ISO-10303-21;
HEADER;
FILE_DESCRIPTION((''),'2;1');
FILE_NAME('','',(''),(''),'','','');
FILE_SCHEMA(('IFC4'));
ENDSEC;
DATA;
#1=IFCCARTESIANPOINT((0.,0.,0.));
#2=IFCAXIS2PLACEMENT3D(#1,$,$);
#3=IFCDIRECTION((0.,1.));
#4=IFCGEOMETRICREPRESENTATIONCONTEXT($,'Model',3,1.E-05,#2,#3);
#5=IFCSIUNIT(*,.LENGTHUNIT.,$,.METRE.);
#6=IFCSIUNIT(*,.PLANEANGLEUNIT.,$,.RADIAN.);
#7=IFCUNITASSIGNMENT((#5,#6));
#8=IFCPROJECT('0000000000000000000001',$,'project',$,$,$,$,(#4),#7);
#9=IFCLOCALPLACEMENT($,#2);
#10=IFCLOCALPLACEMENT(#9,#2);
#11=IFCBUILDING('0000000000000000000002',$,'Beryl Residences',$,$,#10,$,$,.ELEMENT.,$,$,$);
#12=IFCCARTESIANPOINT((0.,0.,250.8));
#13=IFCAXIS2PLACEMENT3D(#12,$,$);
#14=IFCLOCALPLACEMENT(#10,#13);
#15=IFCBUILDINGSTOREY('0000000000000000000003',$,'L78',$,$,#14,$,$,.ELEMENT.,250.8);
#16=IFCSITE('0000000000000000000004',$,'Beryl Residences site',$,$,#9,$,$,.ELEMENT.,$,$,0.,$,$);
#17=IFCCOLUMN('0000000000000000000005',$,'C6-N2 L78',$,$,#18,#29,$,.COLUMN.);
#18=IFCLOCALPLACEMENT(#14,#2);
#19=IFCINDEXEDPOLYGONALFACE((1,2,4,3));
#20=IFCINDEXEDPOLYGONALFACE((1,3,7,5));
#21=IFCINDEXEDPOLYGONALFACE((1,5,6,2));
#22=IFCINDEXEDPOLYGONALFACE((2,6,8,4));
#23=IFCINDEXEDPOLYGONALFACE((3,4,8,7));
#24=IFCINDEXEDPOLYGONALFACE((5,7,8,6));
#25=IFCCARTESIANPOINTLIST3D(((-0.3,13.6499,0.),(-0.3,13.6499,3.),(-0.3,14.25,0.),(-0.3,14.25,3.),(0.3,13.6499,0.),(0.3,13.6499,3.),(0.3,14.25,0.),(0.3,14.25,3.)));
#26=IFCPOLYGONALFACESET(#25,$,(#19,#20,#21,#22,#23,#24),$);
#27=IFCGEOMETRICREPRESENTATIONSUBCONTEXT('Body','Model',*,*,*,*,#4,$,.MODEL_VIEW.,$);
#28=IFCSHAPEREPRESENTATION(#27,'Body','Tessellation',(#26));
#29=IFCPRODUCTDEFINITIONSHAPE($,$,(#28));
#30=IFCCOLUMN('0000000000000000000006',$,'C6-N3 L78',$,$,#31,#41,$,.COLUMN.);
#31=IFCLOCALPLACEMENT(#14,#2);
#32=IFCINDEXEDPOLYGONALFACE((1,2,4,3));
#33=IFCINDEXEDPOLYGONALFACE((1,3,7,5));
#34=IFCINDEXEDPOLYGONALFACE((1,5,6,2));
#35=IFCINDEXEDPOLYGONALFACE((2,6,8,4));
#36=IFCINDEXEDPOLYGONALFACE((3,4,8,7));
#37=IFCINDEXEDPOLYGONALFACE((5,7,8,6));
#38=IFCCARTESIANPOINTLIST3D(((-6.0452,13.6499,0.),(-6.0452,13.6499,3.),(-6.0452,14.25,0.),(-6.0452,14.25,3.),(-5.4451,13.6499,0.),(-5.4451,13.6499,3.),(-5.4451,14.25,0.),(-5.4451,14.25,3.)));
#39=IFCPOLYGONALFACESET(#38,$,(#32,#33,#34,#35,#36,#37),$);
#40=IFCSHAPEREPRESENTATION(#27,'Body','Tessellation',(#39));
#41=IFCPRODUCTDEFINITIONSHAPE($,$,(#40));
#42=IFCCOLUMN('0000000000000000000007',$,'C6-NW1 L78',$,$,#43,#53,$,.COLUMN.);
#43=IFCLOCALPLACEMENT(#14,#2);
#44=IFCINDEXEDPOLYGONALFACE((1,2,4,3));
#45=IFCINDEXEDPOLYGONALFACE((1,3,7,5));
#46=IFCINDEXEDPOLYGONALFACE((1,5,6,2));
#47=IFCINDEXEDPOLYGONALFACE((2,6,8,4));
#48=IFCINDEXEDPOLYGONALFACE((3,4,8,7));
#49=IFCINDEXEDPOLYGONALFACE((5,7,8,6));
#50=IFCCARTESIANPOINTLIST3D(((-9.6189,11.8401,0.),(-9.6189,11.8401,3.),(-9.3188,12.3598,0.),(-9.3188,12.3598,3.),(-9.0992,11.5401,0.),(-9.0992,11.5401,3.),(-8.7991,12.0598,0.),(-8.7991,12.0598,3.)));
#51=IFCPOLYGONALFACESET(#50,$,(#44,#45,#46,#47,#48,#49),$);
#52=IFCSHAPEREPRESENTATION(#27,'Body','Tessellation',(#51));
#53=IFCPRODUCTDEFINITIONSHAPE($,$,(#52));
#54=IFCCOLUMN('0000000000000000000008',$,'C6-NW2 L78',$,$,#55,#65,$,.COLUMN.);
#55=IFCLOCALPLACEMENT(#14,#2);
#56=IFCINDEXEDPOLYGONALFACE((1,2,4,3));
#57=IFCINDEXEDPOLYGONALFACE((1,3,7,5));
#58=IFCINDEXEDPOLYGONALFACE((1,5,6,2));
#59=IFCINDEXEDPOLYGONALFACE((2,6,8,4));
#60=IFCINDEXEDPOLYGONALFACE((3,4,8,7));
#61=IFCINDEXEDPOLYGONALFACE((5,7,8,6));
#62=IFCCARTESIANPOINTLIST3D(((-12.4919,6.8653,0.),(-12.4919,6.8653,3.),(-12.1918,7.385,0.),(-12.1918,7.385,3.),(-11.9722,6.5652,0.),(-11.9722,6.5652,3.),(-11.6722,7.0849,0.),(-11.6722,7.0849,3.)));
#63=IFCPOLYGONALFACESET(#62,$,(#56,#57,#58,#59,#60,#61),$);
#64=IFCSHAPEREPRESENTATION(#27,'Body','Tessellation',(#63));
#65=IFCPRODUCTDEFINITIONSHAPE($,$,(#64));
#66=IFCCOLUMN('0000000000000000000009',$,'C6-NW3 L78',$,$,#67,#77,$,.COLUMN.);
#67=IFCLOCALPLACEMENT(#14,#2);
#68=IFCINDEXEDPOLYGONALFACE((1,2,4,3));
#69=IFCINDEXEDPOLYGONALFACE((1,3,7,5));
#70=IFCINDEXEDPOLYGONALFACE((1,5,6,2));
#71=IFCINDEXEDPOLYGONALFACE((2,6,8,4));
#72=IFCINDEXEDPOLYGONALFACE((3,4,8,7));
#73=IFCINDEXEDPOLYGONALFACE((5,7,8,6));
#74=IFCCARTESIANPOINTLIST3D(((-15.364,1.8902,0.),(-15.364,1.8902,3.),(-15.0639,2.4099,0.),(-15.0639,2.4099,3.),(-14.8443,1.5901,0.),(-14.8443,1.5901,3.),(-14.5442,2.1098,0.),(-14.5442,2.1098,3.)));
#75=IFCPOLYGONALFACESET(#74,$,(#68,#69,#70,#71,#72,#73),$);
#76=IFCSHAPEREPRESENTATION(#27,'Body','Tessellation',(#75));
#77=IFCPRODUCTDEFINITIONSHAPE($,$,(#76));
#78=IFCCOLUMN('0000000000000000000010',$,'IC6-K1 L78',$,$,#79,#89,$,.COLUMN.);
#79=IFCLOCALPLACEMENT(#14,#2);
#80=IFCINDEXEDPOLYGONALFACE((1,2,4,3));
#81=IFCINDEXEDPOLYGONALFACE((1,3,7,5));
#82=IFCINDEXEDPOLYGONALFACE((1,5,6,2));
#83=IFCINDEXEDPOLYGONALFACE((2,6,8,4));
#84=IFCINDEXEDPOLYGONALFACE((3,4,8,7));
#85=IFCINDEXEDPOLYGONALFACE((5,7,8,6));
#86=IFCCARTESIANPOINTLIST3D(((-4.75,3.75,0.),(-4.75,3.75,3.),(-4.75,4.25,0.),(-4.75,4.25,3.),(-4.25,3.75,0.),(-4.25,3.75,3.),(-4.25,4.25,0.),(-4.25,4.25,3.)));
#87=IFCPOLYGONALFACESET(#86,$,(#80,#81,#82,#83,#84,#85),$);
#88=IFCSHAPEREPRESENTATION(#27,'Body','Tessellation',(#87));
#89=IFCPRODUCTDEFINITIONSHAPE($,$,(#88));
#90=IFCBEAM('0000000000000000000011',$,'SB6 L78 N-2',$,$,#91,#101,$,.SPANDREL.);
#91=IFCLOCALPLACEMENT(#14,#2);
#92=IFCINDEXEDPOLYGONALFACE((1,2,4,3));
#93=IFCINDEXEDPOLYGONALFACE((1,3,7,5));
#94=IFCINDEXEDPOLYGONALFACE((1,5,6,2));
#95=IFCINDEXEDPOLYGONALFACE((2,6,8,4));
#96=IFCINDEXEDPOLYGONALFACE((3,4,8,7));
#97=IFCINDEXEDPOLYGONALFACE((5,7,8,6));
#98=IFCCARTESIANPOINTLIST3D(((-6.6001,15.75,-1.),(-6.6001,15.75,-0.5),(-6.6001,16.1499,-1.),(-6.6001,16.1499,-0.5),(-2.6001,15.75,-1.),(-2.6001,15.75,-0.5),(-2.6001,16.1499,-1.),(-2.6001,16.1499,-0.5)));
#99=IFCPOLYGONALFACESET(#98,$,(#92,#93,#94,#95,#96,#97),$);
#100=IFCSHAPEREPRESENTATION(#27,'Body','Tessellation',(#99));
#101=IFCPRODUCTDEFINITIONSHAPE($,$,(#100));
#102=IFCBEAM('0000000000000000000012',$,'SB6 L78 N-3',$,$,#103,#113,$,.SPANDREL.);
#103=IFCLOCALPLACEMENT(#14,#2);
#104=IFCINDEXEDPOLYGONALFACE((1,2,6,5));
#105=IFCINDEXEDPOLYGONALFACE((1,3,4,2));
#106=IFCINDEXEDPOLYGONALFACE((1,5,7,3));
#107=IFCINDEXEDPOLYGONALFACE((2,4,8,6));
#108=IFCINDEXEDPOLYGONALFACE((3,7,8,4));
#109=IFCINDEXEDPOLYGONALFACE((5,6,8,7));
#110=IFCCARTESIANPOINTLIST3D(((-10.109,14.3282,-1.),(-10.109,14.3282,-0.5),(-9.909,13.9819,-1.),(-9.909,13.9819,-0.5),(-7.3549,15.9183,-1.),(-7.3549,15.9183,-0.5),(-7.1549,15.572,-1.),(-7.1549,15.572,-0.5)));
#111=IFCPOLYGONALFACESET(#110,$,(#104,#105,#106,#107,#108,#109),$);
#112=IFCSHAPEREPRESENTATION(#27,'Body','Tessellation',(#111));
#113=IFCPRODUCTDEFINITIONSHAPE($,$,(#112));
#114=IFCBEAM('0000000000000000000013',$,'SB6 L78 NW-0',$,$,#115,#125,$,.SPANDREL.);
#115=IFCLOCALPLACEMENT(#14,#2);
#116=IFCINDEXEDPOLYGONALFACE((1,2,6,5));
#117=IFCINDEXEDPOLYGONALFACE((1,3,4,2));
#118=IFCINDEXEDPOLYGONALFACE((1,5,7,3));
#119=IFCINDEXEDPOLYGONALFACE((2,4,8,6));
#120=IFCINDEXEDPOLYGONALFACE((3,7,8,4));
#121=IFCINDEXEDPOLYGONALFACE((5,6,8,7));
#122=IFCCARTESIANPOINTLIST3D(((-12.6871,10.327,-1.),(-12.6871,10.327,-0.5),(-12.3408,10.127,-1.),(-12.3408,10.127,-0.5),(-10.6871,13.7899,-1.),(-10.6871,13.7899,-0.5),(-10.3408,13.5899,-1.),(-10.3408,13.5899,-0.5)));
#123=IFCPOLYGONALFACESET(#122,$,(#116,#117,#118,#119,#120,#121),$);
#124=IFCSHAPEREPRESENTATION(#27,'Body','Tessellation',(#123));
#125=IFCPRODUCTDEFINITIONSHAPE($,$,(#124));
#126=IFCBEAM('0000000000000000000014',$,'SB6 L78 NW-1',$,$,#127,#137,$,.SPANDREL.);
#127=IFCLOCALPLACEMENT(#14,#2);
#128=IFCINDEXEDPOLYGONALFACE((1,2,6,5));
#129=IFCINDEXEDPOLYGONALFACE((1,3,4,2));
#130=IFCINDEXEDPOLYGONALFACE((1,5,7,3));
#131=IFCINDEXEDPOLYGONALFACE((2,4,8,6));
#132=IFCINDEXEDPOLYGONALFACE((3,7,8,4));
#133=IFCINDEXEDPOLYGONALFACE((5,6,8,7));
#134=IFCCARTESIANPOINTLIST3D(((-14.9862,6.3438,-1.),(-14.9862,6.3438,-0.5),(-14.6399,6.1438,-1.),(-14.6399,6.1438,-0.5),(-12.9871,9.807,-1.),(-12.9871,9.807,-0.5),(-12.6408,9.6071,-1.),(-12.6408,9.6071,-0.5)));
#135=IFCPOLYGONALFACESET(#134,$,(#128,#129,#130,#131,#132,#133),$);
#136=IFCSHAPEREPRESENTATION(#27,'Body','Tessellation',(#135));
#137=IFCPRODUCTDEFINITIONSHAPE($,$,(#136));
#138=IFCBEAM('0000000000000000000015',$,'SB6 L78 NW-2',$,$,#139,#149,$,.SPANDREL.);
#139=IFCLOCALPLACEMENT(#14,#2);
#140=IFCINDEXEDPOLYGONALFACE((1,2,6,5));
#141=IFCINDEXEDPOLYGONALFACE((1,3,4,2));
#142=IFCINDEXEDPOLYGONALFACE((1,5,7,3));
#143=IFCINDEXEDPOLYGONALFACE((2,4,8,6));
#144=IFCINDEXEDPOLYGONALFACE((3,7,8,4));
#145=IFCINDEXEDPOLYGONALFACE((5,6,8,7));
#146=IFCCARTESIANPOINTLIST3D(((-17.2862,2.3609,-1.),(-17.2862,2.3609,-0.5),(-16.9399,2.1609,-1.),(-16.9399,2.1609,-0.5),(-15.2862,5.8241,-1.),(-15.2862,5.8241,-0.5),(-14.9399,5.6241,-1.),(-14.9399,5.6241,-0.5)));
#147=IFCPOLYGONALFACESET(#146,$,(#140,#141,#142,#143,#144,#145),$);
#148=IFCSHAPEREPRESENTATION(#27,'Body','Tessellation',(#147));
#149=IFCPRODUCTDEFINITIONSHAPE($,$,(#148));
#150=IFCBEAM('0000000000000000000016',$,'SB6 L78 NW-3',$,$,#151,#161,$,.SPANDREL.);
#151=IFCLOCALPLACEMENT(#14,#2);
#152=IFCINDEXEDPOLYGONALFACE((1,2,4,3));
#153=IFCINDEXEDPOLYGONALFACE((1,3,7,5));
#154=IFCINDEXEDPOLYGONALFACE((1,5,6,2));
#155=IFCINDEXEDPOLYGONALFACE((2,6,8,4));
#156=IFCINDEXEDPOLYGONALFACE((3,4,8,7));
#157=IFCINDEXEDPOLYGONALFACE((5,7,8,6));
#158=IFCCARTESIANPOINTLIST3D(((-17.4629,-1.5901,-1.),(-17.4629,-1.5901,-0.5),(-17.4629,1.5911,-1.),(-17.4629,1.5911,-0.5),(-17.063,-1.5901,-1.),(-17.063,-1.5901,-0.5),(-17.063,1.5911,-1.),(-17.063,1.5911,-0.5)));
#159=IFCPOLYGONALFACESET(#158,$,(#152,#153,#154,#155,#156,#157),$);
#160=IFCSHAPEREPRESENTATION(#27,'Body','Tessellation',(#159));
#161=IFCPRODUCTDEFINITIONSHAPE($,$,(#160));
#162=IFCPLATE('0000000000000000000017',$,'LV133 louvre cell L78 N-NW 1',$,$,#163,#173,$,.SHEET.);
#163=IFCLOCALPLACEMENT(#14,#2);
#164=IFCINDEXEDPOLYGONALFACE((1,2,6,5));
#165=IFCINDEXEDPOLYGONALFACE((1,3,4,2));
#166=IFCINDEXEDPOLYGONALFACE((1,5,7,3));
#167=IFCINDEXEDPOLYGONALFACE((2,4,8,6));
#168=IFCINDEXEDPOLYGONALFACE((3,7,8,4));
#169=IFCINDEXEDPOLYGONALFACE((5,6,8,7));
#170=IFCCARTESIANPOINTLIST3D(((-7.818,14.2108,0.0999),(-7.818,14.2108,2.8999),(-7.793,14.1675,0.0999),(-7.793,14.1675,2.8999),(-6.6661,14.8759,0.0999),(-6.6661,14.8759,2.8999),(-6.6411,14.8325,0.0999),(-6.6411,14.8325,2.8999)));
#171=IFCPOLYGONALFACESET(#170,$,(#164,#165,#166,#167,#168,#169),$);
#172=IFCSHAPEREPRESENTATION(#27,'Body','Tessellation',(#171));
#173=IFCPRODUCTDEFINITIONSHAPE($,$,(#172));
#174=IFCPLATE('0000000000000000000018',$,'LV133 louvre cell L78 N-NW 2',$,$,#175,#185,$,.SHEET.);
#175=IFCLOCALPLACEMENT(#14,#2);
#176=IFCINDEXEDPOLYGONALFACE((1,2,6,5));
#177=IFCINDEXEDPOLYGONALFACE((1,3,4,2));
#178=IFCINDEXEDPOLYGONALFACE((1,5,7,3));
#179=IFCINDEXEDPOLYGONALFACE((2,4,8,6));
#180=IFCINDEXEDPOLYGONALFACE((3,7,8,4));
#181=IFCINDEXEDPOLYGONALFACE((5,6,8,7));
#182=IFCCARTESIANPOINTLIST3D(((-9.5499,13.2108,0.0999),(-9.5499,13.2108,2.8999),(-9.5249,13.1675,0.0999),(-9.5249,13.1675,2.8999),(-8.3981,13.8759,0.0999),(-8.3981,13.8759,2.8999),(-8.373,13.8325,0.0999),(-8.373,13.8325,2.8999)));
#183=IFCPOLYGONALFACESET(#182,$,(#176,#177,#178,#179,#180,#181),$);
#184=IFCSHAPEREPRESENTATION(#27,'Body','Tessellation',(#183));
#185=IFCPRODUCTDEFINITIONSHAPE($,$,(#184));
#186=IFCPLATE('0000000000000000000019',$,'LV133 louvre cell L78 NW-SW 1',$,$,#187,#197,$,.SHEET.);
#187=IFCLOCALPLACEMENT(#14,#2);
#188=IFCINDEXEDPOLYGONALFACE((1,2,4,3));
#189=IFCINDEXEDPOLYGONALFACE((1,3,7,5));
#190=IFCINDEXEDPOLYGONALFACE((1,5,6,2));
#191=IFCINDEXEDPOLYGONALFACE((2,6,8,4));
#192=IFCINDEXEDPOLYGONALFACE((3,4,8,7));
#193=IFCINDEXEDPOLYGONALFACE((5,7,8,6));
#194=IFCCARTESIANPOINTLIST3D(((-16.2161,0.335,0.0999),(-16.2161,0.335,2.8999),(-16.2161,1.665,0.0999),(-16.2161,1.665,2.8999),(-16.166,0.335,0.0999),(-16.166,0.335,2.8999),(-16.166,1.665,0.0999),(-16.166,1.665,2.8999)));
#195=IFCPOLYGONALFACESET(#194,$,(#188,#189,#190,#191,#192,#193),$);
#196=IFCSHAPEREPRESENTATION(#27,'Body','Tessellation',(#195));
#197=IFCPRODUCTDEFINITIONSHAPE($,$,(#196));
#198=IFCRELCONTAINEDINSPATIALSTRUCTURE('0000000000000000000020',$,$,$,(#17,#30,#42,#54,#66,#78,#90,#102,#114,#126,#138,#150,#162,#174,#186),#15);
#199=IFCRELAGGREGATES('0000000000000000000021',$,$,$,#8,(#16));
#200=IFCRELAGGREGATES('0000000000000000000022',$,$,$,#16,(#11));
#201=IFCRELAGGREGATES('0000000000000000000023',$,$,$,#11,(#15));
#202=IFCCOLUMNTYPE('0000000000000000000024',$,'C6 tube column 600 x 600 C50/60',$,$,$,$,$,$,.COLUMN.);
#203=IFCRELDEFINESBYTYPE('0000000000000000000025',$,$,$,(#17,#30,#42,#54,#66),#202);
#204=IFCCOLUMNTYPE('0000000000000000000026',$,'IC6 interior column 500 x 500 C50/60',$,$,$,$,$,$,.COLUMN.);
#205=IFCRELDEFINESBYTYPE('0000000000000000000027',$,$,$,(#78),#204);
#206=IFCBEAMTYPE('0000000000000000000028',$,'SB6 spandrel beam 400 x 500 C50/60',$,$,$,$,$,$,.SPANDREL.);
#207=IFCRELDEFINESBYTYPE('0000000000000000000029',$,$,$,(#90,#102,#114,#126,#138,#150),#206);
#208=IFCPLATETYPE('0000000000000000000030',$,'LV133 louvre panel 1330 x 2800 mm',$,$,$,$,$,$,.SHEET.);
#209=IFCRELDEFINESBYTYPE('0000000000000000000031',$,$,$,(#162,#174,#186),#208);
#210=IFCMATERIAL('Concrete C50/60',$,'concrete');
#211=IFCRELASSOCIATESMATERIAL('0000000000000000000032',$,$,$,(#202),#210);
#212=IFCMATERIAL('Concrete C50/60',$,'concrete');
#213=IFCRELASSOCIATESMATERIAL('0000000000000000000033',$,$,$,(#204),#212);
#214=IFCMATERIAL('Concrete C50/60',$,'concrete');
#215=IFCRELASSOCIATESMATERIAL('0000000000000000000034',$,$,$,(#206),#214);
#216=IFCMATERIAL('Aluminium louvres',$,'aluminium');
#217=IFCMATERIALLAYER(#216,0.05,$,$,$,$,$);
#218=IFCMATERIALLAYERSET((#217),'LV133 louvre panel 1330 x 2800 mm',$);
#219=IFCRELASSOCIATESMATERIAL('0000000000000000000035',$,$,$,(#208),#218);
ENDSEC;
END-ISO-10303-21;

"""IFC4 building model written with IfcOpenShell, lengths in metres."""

from ifc_helpers import new_model, si_unit, direction, frame, origin, origin_2d, place, context, subcontext, project, spatial, polyline, rectangle, outline, extrude, source, transform, mapped, material, layer, layer_set, material_profile, profile_set, type_object, type_shapes, element, save


model = new_model("IFC4")

# Units and contexts
model_context = context("Model", 3, precision=1e-05, world=origin(), true_north=direction((0.0, 1.0)))
body_context = subcontext(model_context, "Body", "Model", "MODEL_VIEW")
ifc_project = project(units=[si_unit("LENGTHUNIT", "METRE"), si_unit("PLANEANGLEUNIT", "RADIAN")], contexts=[model_context])

# Site, building, storey
site_placement = place(None, origin())
site = spatial("IfcSite", under=ifc_project, at=site_placement, Name="Beryl Residences site", CompositionType="ELEMENT", RefElevation=0.0)
building_placement = place(site_placement, origin())
building = spatial("IfcBuilding", under=site, at=building_placement, Name="Beryl Residences", CompositionType="ELEMENT")
storey_placement = place(building_placement, frame((0.0, 0.0, 250.8)))
storey = spatial("IfcBuildingStorey", under=building, at=storey_placement, Name="L78", CompositionType="ELEMENT", Elevation=250.8)

# Columns
ifc_material_1 = material(Name="Concrete C50/60", Category="concrete")
ifc_material_profile_1 = material_profile(ifc_material_1, rectangle(XDim=0.6001, YDim=0.6001, at=origin_2d()))
ifc_profile_set_1 = profile_set([ifc_material_profile_1], Name="Concrete C50/60")
column_type_1 = type_object("IfcColumnType", Name="C6 tube column 600 x 600 C50/60", PredefinedType="COLUMN", material=ifc_profile_set_1)
for number, where, z_axis, x_axis, name in (
    (1, (0.0, 13.95, 0.0), (0.0, 0.0, 1.0), (-1.0, 0.0, 0.0), "C6-N2 L78"),
    (2, (-5.7451, 13.95, 0.0), (0.0, 0.0, 1.0), (-1.0, 0.0, 0.0), "C6-N3 L78"),
    (3, (-9.209, 11.95, 0.0), (0.0, 0.0, 1.0), (-0.50003, -0.866008, 0.0), "C6-NW1 L78"),
    (4, (-12.082, 6.9751, 0.0), (0.0, 0.0, 1.0), (-0.50003, -0.866008, 0.0), "C6-NW2 L78"),
    (5, (-14.9541, 2.0, 0.0), (0.0, 0.0, 1.0), (-0.50003, -0.866008, 0.0), "C6-NW3 L78"),
):
    element("IfcColumn", number, at=place(storey_placement, frame(where, z_axis=z_axis, x_axis=x_axis)), inside=storey, type_object=column_type_1, Name=name, PredefinedType="COLUMN", context=body_context, shape_type="SweptSolid", body=[
        extrude(rectangle(XDim=0.6001, YDim=0.6001, at=origin_2d()), origin(), (0.0, 0.0, 1.0), 3.0),
    ])
ifc_material_2 = material(Name="Concrete C50/60", Category="concrete")
ifc_material_profile_2 = material_profile(ifc_material_2, rectangle(XDim=0.5, YDim=0.5, at=origin_2d()))
ifc_profile_set_2 = profile_set([ifc_material_profile_2], Name="Concrete C50/60")
column_type_2 = type_object("IfcColumnType", Name="IC6 interior column 500 x 500 C50/60", PredefinedType="COLUMN", material=ifc_profile_set_2)
column_placement = place(storey_placement, frame((-4.5, 4.0, 0.0), z_axis=(0.0, 0.0, 1.0), x_axis=(1.0, 0.0, 0.0)))
element("IfcColumn", 6, at=column_placement, inside=storey, type_object=column_type_2, Name="IC6-K1 L78", PredefinedType="COLUMN", context=body_context, shape_type="SweptSolid", body=[
    extrude(rectangle(XDim=0.5, YDim=0.5, at=origin_2d()), origin(), (0.0, 0.0, 1.0), 3.0),
])

# Beams
ifc_material_3 = material(Name="Concrete C50/60", Category="concrete")
ifc_material_profile_3 = material_profile(ifc_material_3, rectangle(XDim=0.3999, YDim=0.5, at=origin_2d()))
ifc_profile_set_3 = profile_set([ifc_material_profile_3], Name="Concrete C50/60")
beam_type = type_object("IfcBeamType", Name="SB6 spandrel beam 400 x 500 C50/60", PredefinedType="SPANDREL", material=ifc_profile_set_3)
beam_1_placement = place(storey_placement, frame((-2.6001, 15.95, -0.75), z_axis=(-1.0, 0.0, 0.0), x_axis=(0.0, -1.0, 0.0)))
element("IfcBeam", 7, at=beam_1_placement, inside=storey, type_object=beam_type, Name="SB6 L78 N-2", PredefinedType="SPANDREL", context=body_context, shape_type="SweptSolid", body=[
    extrude(rectangle(XDim=0.3999, YDim=0.5, at=origin_2d()), origin(), (0.0, 0.0, 1.0), 4.0),
])
beam_2_placement = place(storey_placement, frame((-7.2549, 15.7451, -0.75), z_axis=(-0.866028, -0.499995, 0.0), x_axis=(0.499995, -0.866028, 0.0)))
element("IfcBeam", 8, at=beam_2_placement, inside=storey, type_object=beam_type, Name="SB6 L78 N-3", PredefinedType="SPANDREL", context=body_context, shape_type="SweptSolid", body=[
    extrude(rectangle(XDim=0.3999, YDim=0.5, at=origin_2d()), origin(), (0.0, 0.0, 1.0), 3.1802),
])
beam_3_placement = place(storey_placement, frame((-10.5139, 13.6899, -0.75), z_axis=(-0.500131, -0.86595, 0.0), x_axis=(0.86595, -0.500131, 0.0)))
element("IfcBeam", 9, at=beam_3_placement, inside=storey, type_object=beam_type, Name="SB6 L78 NW-0", PredefinedType="SPANDREL", context=body_context, shape_type="SweptSolid", body=[
    extrude(rectangle(XDim=0.3999, YDim=0.5, at=origin_2d()), origin(), (0.0, 0.0, 1.0), 3.999),
])
beam_4_placement = place(storey_placement, frame((-12.814, 9.707, -0.75), z_axis=(-0.499922, -0.866071, 0.0), x_axis=(0.866071, -0.499922, 0.0)))
element("IfcBeam", 10, at=beam_4_placement, inside=storey, type_object=beam_type, Name="SB6 L78 NW-1", PredefinedType="SPANDREL", context=body_context, shape_type="SweptSolid", body=[
    extrude(rectangle(XDim=0.3999, YDim=0.5, at=origin_2d()), origin(), (0.0, 0.0, 1.0), 3.9988),
])
beam_5_placement = place(storey_placement, frame((-15.113, 5.7241, -0.75), z_axis=(-0.500105, -0.865965, 0.0), x_axis=(0.865965, -0.500105, 0.0)))
element("IfcBeam", 11, at=beam_5_placement, inside=storey, type_object=beam_type, Name="SB6 L78 NW-2", PredefinedType="SPANDREL", context=body_context, shape_type="SweptSolid", body=[
    extrude(rectangle(XDim=0.3999, YDim=0.5, at=origin_2d()), origin(), (0.0, 0.0, 1.0), 3.9993),
])
beam_6_placement = place(storey_placement, frame((-17.2629, 1.5911, -0.75), z_axis=(0.0, -1.0, 0.0), x_axis=(1.0, 0.0, 0.0)))
element("IfcBeam", 12, at=beam_6_placement, inside=storey, type_object=beam_type, Name="SB6 L78 NW-3", PredefinedType="SPANDREL", context=body_context, shape_type="SweptSolid", body=[
    extrude(rectangle(XDim=0.3999, YDim=0.5, at=origin_2d()), origin(), (0.0, 0.0, 1.0), 3.1812),
])

# Plates
ifc_material_4 = material(Name="Aluminium louvres", Category="aluminium")
ifc_layer_1 = layer(ifc_material_4, 0.05)
ifc_layer_set_1 = layer_set([ifc_layer_1], Name="LV133 louvre panel 1330 x 2800 mm")
plate_type_1 = type_object("IfcPlateType", Name="LV133 louvre panel 1330 x 2800 mm", PredefinedType="SHEET", material=ifc_layer_set_1)
shared_shape_1 = source(origin(), body_context, "Body", "SweptSolid", [
    extrude(outline(polyline([(-0.665, 0.0), (0.665, 0.0), (0.665, 0.05), (-0.665, 0.05), (-0.665, 0.0)])), origin(), (0.0, 0.0, 1.0), 2.8),
])
type_shapes(plate_type_1, [shared_shape_1])
for number, where, z_axis, x_axis, name in (
    (13, (-7.217, 14.5, 0.0999), (0.0, 0.0, 1.0), (0.866025, 0.5, 0.0), "LV133 louvre cell L78 N-NW 1"),
    (14, (-8.949, 13.5, 0.0999), (0.0, 0.0, 1.0), (0.866025, 0.5, 0.0), "LV133 louvre cell L78 N-NW 2"),
    (15, (-16.166, 1.0, 0.0999), (0.0, 0.0, 1.0), (0.0, 1.0, 0.0), "LV133 louvre cell L78 NW-SW 1"),
):
    element("IfcPlate", number, at=place(storey_placement, frame(where, z_axis=z_axis, x_axis=x_axis)), inside=storey, type_object=plate_type_1, Name=name, PredefinedType="SHEET", context=body_context, shape_type="MappedRepresentation", body=[
        mapped(shared_shape_1, transform((0.0, 0.0, 0.0))),
    ])

save(model, "model.ifc")
